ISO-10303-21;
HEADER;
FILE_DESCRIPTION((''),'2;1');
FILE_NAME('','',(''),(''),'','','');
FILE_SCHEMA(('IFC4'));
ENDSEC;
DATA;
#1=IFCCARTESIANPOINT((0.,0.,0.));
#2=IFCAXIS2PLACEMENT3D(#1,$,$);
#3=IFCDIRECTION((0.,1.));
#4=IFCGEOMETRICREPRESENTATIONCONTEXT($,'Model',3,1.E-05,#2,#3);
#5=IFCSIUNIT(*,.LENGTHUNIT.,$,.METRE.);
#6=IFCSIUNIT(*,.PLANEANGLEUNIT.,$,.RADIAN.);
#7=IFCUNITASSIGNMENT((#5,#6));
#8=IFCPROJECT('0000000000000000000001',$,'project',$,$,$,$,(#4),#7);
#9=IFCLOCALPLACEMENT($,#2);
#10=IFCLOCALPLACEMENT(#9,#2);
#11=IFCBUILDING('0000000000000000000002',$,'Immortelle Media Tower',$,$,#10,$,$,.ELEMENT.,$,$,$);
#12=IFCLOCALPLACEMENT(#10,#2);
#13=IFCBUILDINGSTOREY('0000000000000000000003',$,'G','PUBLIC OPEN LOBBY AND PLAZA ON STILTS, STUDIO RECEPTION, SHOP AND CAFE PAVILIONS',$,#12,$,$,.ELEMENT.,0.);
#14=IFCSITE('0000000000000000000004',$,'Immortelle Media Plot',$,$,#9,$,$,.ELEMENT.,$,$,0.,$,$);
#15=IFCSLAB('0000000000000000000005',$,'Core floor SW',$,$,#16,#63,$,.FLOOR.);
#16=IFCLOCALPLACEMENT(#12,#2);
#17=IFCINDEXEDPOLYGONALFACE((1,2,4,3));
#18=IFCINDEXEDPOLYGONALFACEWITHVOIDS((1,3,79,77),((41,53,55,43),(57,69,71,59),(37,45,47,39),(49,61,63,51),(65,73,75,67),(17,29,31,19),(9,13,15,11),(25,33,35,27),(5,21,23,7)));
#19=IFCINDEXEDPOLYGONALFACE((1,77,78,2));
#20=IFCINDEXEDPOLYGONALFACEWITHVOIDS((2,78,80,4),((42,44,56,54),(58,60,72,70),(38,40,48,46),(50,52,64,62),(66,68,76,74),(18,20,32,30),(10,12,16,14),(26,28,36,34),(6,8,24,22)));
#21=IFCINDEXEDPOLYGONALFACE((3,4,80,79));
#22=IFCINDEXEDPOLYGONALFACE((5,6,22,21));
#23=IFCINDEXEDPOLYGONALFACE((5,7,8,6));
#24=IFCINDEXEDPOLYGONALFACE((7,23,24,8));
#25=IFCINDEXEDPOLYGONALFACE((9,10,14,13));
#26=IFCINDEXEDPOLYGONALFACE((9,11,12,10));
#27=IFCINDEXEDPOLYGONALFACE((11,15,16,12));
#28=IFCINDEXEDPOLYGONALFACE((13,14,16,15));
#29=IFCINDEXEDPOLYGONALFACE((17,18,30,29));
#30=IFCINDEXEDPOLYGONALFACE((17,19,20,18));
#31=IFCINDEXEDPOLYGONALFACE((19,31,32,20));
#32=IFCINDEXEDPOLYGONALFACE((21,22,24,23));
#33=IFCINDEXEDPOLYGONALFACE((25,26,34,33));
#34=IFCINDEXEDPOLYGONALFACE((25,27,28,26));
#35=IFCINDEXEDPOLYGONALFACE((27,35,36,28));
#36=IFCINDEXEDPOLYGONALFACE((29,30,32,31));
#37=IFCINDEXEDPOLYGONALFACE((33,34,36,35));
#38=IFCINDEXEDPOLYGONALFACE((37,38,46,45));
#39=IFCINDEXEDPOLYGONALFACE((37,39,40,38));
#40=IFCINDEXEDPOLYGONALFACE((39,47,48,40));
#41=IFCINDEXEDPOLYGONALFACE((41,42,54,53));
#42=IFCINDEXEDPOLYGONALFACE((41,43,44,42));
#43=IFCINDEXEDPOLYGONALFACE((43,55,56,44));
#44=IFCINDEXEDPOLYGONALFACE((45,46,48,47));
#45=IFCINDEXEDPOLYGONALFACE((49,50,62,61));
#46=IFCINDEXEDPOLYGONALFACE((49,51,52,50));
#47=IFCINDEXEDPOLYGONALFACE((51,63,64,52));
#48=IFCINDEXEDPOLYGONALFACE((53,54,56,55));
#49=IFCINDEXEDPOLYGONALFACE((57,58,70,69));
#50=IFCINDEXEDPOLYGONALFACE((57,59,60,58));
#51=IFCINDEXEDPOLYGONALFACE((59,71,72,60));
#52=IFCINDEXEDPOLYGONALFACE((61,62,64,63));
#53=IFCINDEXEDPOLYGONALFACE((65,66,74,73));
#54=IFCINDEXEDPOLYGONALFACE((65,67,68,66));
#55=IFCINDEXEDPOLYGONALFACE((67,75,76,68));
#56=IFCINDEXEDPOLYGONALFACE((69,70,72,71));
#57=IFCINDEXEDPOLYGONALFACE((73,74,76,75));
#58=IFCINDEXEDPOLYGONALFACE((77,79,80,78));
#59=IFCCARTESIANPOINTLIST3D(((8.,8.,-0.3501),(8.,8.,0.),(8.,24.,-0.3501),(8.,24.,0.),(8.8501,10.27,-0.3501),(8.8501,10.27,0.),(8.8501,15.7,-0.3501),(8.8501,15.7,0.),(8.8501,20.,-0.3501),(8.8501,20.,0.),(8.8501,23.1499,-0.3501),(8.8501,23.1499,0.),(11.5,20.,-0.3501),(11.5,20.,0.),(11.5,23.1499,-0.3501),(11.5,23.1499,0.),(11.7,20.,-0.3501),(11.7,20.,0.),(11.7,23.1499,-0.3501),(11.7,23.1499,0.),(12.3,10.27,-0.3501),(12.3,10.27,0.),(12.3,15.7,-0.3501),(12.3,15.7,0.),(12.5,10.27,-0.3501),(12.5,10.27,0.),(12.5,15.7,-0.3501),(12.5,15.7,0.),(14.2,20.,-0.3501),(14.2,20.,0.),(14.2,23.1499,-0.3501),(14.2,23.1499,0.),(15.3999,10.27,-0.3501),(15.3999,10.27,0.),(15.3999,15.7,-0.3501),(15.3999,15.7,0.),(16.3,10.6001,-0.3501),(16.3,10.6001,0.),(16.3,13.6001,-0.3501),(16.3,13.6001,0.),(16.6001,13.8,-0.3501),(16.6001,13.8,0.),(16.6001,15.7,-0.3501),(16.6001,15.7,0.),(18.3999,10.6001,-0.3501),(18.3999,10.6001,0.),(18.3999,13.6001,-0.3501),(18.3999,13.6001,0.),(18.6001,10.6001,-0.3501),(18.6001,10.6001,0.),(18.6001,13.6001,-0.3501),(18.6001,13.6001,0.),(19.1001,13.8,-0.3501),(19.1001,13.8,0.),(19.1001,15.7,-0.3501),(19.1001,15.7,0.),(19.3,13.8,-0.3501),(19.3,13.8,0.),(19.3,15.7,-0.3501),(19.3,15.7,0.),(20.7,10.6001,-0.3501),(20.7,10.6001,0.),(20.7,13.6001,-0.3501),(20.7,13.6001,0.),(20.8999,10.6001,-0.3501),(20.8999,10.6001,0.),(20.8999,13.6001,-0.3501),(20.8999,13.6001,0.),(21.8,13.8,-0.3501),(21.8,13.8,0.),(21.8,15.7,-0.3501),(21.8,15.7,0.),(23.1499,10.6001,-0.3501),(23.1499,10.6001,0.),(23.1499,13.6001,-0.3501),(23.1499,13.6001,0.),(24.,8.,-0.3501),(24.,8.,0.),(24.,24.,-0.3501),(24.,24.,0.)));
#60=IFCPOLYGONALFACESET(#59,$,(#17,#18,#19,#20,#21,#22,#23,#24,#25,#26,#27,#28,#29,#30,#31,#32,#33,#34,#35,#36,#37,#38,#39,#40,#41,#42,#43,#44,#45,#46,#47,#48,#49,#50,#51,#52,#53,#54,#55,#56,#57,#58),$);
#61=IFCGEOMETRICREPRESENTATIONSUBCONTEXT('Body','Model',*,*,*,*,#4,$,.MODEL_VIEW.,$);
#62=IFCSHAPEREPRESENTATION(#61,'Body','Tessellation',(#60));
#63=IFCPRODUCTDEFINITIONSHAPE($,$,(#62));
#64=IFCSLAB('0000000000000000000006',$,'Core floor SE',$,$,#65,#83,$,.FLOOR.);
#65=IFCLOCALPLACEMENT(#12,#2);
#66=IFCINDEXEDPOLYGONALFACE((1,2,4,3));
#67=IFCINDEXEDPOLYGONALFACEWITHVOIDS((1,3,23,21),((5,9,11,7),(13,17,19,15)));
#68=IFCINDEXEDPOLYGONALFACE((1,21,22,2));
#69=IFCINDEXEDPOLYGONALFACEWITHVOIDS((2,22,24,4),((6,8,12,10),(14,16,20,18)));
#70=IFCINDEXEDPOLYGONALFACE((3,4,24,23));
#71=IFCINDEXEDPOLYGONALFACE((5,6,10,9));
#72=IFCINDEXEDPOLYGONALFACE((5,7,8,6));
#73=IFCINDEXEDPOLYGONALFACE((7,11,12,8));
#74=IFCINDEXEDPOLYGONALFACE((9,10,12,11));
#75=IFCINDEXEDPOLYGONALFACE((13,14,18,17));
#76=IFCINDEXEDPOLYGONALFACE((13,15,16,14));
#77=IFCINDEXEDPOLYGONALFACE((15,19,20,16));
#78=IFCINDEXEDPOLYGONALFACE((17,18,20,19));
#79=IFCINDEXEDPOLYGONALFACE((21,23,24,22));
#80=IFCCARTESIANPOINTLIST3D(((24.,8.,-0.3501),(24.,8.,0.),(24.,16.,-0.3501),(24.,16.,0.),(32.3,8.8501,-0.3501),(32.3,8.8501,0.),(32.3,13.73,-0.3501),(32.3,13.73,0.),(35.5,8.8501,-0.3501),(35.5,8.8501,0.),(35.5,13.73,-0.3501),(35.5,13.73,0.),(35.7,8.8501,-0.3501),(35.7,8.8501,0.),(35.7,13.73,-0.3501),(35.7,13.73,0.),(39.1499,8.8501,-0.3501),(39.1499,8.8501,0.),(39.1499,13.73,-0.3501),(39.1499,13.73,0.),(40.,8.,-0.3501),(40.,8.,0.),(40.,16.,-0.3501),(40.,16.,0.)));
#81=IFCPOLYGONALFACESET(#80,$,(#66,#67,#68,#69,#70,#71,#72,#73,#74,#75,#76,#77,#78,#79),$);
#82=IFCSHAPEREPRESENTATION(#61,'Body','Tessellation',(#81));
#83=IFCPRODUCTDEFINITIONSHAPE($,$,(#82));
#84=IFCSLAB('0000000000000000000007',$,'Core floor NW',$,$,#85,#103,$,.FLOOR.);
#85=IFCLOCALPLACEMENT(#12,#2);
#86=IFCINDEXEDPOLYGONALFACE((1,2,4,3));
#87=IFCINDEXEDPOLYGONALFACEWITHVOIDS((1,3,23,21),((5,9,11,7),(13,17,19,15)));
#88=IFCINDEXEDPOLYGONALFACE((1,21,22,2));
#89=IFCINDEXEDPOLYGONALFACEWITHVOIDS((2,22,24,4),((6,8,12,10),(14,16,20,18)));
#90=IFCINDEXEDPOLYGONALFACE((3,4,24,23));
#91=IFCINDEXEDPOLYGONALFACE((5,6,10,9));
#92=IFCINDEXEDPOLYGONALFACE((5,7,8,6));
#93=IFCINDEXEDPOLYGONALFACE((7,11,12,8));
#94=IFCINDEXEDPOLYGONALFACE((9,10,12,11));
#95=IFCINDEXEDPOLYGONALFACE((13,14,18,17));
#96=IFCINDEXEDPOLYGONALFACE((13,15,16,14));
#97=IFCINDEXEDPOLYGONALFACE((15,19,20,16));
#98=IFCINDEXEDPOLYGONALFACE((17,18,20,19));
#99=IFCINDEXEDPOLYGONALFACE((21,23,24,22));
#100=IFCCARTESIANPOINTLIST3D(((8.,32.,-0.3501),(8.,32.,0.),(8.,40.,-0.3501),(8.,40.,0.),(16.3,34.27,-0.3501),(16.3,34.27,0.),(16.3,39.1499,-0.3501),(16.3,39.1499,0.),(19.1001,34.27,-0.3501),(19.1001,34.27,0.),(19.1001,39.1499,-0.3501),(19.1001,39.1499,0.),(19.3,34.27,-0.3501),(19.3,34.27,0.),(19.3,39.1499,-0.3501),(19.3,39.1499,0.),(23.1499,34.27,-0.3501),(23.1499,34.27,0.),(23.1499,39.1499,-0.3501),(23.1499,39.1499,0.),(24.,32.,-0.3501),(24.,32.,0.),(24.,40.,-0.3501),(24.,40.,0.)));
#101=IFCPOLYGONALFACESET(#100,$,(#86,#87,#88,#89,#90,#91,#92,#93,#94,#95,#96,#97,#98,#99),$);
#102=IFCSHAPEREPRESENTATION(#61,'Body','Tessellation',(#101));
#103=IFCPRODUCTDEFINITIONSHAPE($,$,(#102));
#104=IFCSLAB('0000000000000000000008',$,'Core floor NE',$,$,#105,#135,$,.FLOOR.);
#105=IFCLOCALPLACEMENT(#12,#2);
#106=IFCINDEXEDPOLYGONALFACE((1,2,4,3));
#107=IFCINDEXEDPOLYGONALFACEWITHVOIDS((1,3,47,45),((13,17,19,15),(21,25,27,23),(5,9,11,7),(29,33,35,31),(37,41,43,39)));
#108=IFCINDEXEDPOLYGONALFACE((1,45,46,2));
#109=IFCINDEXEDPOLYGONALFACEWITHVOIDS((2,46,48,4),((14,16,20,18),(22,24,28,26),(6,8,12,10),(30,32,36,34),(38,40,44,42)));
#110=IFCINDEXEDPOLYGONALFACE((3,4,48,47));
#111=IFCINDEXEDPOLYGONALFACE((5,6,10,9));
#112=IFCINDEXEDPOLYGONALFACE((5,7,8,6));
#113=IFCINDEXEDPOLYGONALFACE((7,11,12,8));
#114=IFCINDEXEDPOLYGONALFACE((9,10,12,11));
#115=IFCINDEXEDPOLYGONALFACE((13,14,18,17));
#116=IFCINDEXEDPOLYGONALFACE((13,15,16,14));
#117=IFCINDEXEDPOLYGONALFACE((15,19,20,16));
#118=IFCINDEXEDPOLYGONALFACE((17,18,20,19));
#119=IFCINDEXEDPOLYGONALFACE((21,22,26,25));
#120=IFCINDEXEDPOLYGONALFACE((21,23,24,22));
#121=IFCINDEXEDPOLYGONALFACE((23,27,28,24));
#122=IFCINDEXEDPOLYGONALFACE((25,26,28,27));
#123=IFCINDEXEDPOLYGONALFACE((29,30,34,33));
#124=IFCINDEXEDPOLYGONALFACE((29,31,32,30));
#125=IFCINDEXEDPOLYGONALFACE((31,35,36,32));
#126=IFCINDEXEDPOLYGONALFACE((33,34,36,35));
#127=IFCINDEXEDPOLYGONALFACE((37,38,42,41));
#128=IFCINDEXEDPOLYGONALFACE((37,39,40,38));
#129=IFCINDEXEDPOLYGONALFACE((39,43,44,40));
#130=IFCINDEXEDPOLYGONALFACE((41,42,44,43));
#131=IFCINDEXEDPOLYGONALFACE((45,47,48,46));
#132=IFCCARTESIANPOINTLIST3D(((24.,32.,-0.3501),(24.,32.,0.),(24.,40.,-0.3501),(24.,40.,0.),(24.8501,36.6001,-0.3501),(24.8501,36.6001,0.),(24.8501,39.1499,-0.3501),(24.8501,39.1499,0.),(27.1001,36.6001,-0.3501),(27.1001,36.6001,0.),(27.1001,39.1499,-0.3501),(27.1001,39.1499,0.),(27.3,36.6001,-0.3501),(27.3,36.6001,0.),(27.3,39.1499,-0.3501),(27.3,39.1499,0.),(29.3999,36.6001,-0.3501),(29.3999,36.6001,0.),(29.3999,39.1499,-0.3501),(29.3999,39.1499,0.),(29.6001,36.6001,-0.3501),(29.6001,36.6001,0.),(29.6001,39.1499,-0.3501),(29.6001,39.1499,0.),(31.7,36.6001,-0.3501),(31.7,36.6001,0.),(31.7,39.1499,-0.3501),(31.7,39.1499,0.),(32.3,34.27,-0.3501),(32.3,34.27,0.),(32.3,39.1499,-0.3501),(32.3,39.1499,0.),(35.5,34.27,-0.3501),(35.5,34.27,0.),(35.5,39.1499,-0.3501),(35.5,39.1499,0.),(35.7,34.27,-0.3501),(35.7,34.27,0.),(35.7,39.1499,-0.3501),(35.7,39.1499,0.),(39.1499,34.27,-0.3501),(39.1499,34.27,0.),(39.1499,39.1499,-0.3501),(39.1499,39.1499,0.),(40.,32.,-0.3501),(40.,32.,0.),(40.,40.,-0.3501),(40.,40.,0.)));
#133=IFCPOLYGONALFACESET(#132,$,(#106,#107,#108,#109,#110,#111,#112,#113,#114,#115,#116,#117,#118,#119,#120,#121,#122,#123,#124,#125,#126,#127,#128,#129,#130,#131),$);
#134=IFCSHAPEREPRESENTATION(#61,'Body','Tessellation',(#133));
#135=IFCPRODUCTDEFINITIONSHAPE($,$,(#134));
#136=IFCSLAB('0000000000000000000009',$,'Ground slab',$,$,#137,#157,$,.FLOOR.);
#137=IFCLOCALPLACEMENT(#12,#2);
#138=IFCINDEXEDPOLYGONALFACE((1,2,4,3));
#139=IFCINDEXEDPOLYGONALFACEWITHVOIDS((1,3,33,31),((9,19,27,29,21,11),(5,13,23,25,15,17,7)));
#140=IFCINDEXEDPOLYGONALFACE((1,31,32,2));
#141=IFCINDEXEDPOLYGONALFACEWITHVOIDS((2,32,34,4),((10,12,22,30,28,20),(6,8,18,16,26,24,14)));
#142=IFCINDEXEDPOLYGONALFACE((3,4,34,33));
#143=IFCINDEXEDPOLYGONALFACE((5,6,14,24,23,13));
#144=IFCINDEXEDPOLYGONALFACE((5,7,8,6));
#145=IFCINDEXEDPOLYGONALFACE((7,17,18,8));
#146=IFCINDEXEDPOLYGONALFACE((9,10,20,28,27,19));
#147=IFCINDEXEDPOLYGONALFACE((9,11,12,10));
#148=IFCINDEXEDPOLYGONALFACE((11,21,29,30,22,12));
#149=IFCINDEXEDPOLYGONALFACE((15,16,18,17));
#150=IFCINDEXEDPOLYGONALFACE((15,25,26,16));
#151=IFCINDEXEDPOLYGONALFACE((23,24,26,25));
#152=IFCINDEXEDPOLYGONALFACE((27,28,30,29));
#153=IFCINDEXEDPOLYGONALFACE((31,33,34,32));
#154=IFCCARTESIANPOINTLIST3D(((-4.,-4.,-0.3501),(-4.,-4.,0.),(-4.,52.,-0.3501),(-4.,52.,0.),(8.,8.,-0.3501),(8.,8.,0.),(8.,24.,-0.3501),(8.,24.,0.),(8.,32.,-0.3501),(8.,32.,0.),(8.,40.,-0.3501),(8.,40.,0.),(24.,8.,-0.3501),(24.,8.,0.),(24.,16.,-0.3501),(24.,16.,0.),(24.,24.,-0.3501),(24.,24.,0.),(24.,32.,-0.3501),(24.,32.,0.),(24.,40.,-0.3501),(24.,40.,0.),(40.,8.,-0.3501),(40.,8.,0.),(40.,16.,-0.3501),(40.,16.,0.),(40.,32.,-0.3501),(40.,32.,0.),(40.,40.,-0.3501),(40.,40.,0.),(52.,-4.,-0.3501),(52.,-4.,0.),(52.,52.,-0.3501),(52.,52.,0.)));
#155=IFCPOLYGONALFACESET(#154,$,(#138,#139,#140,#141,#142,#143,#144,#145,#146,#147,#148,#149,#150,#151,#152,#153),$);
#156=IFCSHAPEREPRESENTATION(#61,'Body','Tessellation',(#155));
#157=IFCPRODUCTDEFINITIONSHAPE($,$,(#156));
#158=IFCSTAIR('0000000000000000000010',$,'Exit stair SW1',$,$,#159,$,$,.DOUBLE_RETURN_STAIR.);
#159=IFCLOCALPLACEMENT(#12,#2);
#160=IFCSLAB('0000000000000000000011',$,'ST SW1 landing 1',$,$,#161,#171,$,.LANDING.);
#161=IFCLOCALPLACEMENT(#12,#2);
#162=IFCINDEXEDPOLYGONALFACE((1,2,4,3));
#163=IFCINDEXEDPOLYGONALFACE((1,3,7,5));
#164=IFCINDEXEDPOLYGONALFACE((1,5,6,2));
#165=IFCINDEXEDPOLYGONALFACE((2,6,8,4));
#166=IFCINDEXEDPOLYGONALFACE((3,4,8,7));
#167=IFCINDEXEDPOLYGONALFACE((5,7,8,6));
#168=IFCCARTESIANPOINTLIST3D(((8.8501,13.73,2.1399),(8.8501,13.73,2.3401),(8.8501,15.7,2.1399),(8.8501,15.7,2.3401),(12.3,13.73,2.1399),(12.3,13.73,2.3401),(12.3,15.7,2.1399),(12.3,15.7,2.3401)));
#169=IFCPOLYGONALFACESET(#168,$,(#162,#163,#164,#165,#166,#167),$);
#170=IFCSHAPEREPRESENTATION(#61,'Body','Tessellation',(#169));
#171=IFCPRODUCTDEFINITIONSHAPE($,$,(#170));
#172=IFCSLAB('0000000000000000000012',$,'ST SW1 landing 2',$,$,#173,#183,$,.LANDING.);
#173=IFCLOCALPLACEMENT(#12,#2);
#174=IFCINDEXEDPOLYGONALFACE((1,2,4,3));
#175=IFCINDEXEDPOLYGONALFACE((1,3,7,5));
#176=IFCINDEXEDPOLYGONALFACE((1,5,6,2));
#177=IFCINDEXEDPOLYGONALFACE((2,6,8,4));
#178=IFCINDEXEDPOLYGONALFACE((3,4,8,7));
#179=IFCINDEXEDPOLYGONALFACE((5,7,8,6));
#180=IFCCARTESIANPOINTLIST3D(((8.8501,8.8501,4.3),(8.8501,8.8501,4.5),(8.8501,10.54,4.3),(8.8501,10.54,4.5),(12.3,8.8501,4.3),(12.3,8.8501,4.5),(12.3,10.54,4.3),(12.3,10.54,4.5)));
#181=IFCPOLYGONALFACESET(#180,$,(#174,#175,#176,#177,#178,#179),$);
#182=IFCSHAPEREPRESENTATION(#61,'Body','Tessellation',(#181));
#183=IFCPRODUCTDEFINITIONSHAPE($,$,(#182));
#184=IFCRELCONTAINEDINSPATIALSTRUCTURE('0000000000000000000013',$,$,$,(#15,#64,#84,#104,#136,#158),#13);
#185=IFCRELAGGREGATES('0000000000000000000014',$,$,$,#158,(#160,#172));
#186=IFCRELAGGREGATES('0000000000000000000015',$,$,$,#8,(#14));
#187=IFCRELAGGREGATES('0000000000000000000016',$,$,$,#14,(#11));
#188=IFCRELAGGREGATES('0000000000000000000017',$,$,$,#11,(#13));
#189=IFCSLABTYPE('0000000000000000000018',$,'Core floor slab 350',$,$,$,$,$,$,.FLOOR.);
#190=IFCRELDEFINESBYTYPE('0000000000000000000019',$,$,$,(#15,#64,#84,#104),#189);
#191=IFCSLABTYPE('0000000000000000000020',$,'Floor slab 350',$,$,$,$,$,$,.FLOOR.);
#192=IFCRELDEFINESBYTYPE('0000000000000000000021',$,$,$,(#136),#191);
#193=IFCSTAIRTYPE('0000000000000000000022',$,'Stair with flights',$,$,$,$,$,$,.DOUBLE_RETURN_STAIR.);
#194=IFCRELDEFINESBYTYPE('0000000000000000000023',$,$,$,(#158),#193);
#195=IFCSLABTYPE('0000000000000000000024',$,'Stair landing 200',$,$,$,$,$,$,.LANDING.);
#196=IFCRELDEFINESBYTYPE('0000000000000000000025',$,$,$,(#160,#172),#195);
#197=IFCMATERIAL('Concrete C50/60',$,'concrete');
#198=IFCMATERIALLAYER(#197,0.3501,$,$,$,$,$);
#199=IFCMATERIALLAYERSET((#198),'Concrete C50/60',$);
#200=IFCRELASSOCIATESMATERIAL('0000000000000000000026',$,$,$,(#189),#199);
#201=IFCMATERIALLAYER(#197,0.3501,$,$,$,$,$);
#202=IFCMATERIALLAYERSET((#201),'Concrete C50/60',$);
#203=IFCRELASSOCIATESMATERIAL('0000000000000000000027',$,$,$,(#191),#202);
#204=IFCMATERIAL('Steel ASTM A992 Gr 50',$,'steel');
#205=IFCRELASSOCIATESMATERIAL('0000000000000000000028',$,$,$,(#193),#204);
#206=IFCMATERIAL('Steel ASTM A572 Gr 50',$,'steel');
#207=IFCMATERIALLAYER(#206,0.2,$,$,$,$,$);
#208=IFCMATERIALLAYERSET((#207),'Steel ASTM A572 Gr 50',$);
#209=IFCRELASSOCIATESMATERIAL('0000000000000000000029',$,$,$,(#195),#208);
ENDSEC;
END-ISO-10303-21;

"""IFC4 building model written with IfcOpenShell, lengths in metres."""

from ifc_helpers import new_model, si_unit, direction, frame, origin, place, context, subcontext, project, spatial, polyline, outline, extrude, material, layer, layer_set, type_object, element, aggregate, save


model = new_model("IFC4")

# Units and contexts
model_context = context("Model", 3, precision=1e-05, world=origin(), true_north=direction((0.0, 1.0)))
body_context = subcontext(model_context, "Body", "Model", "MODEL_VIEW")
ifc_project = project(units=[si_unit("LENGTHUNIT", "METRE"), si_unit("PLANEANGLEUNIT", "RADIAN")], contexts=[model_context])

# Site, building, storey
site_placement = place(None, origin())
site = spatial("IfcSite", under=ifc_project, at=site_placement, Name="Immortelle Media Plot", CompositionType="ELEMENT", RefElevation=0.0)
building_placement = place(site_placement, origin())
building = spatial("IfcBuilding", under=site, at=building_placement, Name="Immortelle Media Tower", CompositionType="ELEMENT")
storey_placement = place(building_placement, origin())
storey = spatial("IfcBuildingStorey", under=building, at=storey_placement, Name="G", Description="PUBLIC OPEN LOBBY AND PLAZA ON STILTS, STUDIO RECEPTION, SHOP AND CAFE PAVILIONS", CompositionType="ELEMENT", Elevation=0.0)

# Slabs
ifc_material_1 = material(Name="Concrete C50/60", Category="concrete")
ifc_layer_1 = layer(ifc_material_1, 0.3501)
ifc_layer_set_1 = layer_set([ifc_layer_1], Name="Concrete C50/60")
slab_type_1 = type_object("IfcSlabType", Name="Core floor slab 350", PredefinedType="FLOOR", material=ifc_layer_set_1)
slab_1_placement = place(storey_placement, frame((0.0, 0.0, -0.3501)))
element("IfcSlab", 1, at=slab_1_placement, inside=storey, type_object=slab_type_1, Name="Core floor SW", PredefinedType="FLOOR", context=body_context, shape_type="SweptSolid", body=[
    extrude(outline(polyline([(8.0, 8.0), (24.0, 8.0), (24.0, 24.0), (8.0, 24.0), (8.0, 8.0)]), holes=[polyline([(8.8501, 20.0), (11.5, 20.0), (11.5, 23.1499), (8.8501, 23.1499), (8.8501, 20.0)]), polyline([(11.7, 20.0), (14.2, 20.0), (14.2, 23.1499), (11.7, 23.1499), (11.7, 20.0)]), polyline([(16.6001, 13.8), (19.1001, 13.8), (19.1001, 15.7), (16.6001, 15.7), (16.6001, 13.8)]), polyline([(19.3, 13.8), (21.8, 13.8), (21.8, 15.7), (19.3, 15.7), (19.3, 13.8)]), polyline([(16.3, 10.6001), (18.3999, 10.6001), (18.3999, 13.6001), (16.3, 13.6001), (16.3, 10.6001)]), polyline([(18.6001, 10.6001), (20.7, 10.6001), (20.7, 13.6001), (18.6001, 13.6001), (18.6001, 10.6001)]), polyline([(20.8999, 10.6001), (23.1499, 10.6001), (23.1499, 13.6001), (20.8999, 13.6001), (20.8999, 10.6001)]), polyline([(8.8501, 10.27), (12.3, 10.27), (12.3, 15.7), (8.8501, 15.7), (8.8501, 10.27)]), polyline([(12.5, 10.27), (15.3999, 10.27), (15.3999, 15.7), (12.5, 15.7), (12.5, 10.27)])]), origin(), (0.0, 0.0, 1.0), 0.3501),
])
slab_2_placement = place(storey_placement, frame((0.0, 0.0, -0.3501)))
element("IfcSlab", 2, at=slab_2_placement, inside=storey, type_object=slab_type_1, Name="Core floor SE", PredefinedType="FLOOR", context=body_context, shape_type="SweptSolid", body=[
    extrude(outline(polyline([(24.0, 8.0), (40.0, 8.0), (40.0, 16.0), (24.0, 16.0), (24.0, 8.0)]), holes=[polyline([(32.3, 8.8501), (35.5, 8.8501), (35.5, 13.73), (32.3, 13.73), (32.3, 8.8501)]), polyline([(35.7, 8.8501), (39.1499, 8.8501), (39.1499, 13.73), (35.7, 13.73), (35.7, 8.8501)])]), origin(), (0.0, 0.0, 1.0), 0.3501),
])
slab_3_placement = place(storey_placement, frame((0.0, 0.0, -0.3501)))
element("IfcSlab", 3, at=slab_3_placement, inside=storey, type_object=slab_type_1, Name="Core floor NW", PredefinedType="FLOOR", context=body_context, shape_type="SweptSolid", body=[
    extrude(outline(polyline([(8.0, 32.0), (24.0, 32.0), (24.0, 40.0), (8.0, 40.0), (8.0, 32.0)]), holes=[polyline([(16.3, 34.27), (19.1001, 34.27), (19.1001, 39.1499), (16.3, 39.1499), (16.3, 34.27)]), polyline([(19.3, 34.27), (23.1499, 34.27), (23.1499, 39.1499), (19.3, 39.1499), (19.3, 34.27)])]), origin(), (0.0, 0.0, 1.0), 0.3501),
])
slab_4_placement = place(storey_placement, frame((0.0, 0.0, -0.3501)))
element("IfcSlab", 4, at=slab_4_placement, inside=storey, type_object=slab_type_1, Name="Core floor NE", PredefinedType="FLOOR", context=body_context, shape_type="SweptSolid", body=[
    extrude(outline(polyline([(24.0, 32.0), (40.0, 32.0), (40.0, 40.0), (24.0, 40.0), (24.0, 32.0)]), holes=[polyline([(24.8501, 36.6001), (27.1001, 36.6001), (27.1001, 39.1499), (24.8501, 39.1499), (24.8501, 36.6001)]), polyline([(27.3, 36.6001), (29.3999, 36.6001), (29.3999, 39.1499), (27.3, 39.1499), (27.3, 36.6001)]), polyline([(29.6001, 36.6001), (31.7, 36.6001), (31.7, 39.1499), (29.6001, 39.1499), (29.6001, 36.6001)]), polyline([(32.3, 34.27), (35.5, 34.27), (35.5, 39.1499), (32.3, 39.1499), (32.3, 34.27)]), polyline([(35.7, 34.27), (39.1499, 34.27), (39.1499, 39.1499), (35.7, 39.1499), (35.7, 34.27)])]), origin(), (0.0, 0.0, 1.0), 0.3501),
])
ifc_layer_2 = layer(ifc_material_1, 0.3501)
ifc_layer_set_2 = layer_set([ifc_layer_2], Name="Concrete C50/60")
slab_type_2 = type_object("IfcSlabType", Name="Floor slab 350", PredefinedType="FLOOR", material=ifc_layer_set_2)
slab_5_placement = place(storey_placement, frame((0.0, 0.0, -0.3501)))
element("IfcSlab", 5, at=slab_5_placement, inside=storey, type_object=slab_type_2, Name="Ground slab", PredefinedType="FLOOR", context=body_context, shape_type="SweptSolid", body=[
    extrude(outline(polyline([(-4.0, -4.0), (-4.0, 52.0), (52.0, 52.0), (52.0, -4.0), (-4.0, -4.0)]), holes=[polyline([(40.0, 16.0), (24.0, 16.0), (24.0, 24.0), (8.0, 24.0), (8.0, 8.0), (24.0, 8.0), (40.0, 8.0), (40.0, 16.0)]), polyline([(8.0, 32.0), (24.0, 32.0), (40.0, 32.0), (40.0, 40.0), (24.0, 40.0), (8.0, 40.0), (8.0, 32.0)])]), origin(), (0.0, 0.0, 1.0), 0.3501),
])

# Stair, slabs
ifc_material_2 = material(Name="Steel ASTM A992 Gr 50", Category="steel")
stair_type = type_object("IfcStairType", Name="Stair with flights", PredefinedType="DOUBLE_RETURN_STAIR", material=ifc_material_2)
stair_1_placement = place(storey_placement, origin())
stair_1 = element("IfcStair", 6, at=stair_1_placement, inside=storey, type_object=stair_type, Name="Exit stair SW1", PredefinedType="DOUBLE_RETURN_STAIR")
ifc_material_3 = material(Name="Steel ASTM A572 Gr 50", Category="steel")
ifc_layer_3 = layer(ifc_material_3, 0.2)
ifc_layer_set_3 = layer_set([ifc_layer_3], Name="Steel ASTM A572 Gr 50")
slab_type_3 = type_object("IfcSlabType", Name="Stair landing 200", PredefinedType="LANDING", material=ifc_layer_set_3)
slab_6_placement = place(storey_placement, frame((0.0, 0.0, 2.1399)))
slab_6 = element("IfcSlab", 7, at=slab_6_placement, type_object=slab_type_3, Name="ST SW1 landing 1", PredefinedType="LANDING", context=body_context, shape_type="SweptSolid", body=[
    extrude(outline(polyline([(8.8501, 13.73), (12.3, 13.73), (12.3, 15.7), (8.8501, 15.7), (8.8501, 13.73)])), origin(), (0.0, 0.0, 1.0), 0.2002),
])
slab_7_placement = place(storey_placement, frame((0.0, 0.0, 4.3)))
slab_7 = element("IfcSlab", 8, at=slab_7_placement, type_object=slab_type_3, Name="ST SW1 landing 2", PredefinedType="LANDING", context=body_context, shape_type="SweptSolid", body=[
    extrude(outline(polyline([(8.8501, 8.8501), (12.3, 8.8501), (12.3, 10.54), (8.8501, 10.54), (8.8501, 8.8501)])), origin(), (0.0, 0.0, 1.0), 0.2),
])
aggregate(stair_1, [slab_6, slab_7])

save(model, "model.ifc")
